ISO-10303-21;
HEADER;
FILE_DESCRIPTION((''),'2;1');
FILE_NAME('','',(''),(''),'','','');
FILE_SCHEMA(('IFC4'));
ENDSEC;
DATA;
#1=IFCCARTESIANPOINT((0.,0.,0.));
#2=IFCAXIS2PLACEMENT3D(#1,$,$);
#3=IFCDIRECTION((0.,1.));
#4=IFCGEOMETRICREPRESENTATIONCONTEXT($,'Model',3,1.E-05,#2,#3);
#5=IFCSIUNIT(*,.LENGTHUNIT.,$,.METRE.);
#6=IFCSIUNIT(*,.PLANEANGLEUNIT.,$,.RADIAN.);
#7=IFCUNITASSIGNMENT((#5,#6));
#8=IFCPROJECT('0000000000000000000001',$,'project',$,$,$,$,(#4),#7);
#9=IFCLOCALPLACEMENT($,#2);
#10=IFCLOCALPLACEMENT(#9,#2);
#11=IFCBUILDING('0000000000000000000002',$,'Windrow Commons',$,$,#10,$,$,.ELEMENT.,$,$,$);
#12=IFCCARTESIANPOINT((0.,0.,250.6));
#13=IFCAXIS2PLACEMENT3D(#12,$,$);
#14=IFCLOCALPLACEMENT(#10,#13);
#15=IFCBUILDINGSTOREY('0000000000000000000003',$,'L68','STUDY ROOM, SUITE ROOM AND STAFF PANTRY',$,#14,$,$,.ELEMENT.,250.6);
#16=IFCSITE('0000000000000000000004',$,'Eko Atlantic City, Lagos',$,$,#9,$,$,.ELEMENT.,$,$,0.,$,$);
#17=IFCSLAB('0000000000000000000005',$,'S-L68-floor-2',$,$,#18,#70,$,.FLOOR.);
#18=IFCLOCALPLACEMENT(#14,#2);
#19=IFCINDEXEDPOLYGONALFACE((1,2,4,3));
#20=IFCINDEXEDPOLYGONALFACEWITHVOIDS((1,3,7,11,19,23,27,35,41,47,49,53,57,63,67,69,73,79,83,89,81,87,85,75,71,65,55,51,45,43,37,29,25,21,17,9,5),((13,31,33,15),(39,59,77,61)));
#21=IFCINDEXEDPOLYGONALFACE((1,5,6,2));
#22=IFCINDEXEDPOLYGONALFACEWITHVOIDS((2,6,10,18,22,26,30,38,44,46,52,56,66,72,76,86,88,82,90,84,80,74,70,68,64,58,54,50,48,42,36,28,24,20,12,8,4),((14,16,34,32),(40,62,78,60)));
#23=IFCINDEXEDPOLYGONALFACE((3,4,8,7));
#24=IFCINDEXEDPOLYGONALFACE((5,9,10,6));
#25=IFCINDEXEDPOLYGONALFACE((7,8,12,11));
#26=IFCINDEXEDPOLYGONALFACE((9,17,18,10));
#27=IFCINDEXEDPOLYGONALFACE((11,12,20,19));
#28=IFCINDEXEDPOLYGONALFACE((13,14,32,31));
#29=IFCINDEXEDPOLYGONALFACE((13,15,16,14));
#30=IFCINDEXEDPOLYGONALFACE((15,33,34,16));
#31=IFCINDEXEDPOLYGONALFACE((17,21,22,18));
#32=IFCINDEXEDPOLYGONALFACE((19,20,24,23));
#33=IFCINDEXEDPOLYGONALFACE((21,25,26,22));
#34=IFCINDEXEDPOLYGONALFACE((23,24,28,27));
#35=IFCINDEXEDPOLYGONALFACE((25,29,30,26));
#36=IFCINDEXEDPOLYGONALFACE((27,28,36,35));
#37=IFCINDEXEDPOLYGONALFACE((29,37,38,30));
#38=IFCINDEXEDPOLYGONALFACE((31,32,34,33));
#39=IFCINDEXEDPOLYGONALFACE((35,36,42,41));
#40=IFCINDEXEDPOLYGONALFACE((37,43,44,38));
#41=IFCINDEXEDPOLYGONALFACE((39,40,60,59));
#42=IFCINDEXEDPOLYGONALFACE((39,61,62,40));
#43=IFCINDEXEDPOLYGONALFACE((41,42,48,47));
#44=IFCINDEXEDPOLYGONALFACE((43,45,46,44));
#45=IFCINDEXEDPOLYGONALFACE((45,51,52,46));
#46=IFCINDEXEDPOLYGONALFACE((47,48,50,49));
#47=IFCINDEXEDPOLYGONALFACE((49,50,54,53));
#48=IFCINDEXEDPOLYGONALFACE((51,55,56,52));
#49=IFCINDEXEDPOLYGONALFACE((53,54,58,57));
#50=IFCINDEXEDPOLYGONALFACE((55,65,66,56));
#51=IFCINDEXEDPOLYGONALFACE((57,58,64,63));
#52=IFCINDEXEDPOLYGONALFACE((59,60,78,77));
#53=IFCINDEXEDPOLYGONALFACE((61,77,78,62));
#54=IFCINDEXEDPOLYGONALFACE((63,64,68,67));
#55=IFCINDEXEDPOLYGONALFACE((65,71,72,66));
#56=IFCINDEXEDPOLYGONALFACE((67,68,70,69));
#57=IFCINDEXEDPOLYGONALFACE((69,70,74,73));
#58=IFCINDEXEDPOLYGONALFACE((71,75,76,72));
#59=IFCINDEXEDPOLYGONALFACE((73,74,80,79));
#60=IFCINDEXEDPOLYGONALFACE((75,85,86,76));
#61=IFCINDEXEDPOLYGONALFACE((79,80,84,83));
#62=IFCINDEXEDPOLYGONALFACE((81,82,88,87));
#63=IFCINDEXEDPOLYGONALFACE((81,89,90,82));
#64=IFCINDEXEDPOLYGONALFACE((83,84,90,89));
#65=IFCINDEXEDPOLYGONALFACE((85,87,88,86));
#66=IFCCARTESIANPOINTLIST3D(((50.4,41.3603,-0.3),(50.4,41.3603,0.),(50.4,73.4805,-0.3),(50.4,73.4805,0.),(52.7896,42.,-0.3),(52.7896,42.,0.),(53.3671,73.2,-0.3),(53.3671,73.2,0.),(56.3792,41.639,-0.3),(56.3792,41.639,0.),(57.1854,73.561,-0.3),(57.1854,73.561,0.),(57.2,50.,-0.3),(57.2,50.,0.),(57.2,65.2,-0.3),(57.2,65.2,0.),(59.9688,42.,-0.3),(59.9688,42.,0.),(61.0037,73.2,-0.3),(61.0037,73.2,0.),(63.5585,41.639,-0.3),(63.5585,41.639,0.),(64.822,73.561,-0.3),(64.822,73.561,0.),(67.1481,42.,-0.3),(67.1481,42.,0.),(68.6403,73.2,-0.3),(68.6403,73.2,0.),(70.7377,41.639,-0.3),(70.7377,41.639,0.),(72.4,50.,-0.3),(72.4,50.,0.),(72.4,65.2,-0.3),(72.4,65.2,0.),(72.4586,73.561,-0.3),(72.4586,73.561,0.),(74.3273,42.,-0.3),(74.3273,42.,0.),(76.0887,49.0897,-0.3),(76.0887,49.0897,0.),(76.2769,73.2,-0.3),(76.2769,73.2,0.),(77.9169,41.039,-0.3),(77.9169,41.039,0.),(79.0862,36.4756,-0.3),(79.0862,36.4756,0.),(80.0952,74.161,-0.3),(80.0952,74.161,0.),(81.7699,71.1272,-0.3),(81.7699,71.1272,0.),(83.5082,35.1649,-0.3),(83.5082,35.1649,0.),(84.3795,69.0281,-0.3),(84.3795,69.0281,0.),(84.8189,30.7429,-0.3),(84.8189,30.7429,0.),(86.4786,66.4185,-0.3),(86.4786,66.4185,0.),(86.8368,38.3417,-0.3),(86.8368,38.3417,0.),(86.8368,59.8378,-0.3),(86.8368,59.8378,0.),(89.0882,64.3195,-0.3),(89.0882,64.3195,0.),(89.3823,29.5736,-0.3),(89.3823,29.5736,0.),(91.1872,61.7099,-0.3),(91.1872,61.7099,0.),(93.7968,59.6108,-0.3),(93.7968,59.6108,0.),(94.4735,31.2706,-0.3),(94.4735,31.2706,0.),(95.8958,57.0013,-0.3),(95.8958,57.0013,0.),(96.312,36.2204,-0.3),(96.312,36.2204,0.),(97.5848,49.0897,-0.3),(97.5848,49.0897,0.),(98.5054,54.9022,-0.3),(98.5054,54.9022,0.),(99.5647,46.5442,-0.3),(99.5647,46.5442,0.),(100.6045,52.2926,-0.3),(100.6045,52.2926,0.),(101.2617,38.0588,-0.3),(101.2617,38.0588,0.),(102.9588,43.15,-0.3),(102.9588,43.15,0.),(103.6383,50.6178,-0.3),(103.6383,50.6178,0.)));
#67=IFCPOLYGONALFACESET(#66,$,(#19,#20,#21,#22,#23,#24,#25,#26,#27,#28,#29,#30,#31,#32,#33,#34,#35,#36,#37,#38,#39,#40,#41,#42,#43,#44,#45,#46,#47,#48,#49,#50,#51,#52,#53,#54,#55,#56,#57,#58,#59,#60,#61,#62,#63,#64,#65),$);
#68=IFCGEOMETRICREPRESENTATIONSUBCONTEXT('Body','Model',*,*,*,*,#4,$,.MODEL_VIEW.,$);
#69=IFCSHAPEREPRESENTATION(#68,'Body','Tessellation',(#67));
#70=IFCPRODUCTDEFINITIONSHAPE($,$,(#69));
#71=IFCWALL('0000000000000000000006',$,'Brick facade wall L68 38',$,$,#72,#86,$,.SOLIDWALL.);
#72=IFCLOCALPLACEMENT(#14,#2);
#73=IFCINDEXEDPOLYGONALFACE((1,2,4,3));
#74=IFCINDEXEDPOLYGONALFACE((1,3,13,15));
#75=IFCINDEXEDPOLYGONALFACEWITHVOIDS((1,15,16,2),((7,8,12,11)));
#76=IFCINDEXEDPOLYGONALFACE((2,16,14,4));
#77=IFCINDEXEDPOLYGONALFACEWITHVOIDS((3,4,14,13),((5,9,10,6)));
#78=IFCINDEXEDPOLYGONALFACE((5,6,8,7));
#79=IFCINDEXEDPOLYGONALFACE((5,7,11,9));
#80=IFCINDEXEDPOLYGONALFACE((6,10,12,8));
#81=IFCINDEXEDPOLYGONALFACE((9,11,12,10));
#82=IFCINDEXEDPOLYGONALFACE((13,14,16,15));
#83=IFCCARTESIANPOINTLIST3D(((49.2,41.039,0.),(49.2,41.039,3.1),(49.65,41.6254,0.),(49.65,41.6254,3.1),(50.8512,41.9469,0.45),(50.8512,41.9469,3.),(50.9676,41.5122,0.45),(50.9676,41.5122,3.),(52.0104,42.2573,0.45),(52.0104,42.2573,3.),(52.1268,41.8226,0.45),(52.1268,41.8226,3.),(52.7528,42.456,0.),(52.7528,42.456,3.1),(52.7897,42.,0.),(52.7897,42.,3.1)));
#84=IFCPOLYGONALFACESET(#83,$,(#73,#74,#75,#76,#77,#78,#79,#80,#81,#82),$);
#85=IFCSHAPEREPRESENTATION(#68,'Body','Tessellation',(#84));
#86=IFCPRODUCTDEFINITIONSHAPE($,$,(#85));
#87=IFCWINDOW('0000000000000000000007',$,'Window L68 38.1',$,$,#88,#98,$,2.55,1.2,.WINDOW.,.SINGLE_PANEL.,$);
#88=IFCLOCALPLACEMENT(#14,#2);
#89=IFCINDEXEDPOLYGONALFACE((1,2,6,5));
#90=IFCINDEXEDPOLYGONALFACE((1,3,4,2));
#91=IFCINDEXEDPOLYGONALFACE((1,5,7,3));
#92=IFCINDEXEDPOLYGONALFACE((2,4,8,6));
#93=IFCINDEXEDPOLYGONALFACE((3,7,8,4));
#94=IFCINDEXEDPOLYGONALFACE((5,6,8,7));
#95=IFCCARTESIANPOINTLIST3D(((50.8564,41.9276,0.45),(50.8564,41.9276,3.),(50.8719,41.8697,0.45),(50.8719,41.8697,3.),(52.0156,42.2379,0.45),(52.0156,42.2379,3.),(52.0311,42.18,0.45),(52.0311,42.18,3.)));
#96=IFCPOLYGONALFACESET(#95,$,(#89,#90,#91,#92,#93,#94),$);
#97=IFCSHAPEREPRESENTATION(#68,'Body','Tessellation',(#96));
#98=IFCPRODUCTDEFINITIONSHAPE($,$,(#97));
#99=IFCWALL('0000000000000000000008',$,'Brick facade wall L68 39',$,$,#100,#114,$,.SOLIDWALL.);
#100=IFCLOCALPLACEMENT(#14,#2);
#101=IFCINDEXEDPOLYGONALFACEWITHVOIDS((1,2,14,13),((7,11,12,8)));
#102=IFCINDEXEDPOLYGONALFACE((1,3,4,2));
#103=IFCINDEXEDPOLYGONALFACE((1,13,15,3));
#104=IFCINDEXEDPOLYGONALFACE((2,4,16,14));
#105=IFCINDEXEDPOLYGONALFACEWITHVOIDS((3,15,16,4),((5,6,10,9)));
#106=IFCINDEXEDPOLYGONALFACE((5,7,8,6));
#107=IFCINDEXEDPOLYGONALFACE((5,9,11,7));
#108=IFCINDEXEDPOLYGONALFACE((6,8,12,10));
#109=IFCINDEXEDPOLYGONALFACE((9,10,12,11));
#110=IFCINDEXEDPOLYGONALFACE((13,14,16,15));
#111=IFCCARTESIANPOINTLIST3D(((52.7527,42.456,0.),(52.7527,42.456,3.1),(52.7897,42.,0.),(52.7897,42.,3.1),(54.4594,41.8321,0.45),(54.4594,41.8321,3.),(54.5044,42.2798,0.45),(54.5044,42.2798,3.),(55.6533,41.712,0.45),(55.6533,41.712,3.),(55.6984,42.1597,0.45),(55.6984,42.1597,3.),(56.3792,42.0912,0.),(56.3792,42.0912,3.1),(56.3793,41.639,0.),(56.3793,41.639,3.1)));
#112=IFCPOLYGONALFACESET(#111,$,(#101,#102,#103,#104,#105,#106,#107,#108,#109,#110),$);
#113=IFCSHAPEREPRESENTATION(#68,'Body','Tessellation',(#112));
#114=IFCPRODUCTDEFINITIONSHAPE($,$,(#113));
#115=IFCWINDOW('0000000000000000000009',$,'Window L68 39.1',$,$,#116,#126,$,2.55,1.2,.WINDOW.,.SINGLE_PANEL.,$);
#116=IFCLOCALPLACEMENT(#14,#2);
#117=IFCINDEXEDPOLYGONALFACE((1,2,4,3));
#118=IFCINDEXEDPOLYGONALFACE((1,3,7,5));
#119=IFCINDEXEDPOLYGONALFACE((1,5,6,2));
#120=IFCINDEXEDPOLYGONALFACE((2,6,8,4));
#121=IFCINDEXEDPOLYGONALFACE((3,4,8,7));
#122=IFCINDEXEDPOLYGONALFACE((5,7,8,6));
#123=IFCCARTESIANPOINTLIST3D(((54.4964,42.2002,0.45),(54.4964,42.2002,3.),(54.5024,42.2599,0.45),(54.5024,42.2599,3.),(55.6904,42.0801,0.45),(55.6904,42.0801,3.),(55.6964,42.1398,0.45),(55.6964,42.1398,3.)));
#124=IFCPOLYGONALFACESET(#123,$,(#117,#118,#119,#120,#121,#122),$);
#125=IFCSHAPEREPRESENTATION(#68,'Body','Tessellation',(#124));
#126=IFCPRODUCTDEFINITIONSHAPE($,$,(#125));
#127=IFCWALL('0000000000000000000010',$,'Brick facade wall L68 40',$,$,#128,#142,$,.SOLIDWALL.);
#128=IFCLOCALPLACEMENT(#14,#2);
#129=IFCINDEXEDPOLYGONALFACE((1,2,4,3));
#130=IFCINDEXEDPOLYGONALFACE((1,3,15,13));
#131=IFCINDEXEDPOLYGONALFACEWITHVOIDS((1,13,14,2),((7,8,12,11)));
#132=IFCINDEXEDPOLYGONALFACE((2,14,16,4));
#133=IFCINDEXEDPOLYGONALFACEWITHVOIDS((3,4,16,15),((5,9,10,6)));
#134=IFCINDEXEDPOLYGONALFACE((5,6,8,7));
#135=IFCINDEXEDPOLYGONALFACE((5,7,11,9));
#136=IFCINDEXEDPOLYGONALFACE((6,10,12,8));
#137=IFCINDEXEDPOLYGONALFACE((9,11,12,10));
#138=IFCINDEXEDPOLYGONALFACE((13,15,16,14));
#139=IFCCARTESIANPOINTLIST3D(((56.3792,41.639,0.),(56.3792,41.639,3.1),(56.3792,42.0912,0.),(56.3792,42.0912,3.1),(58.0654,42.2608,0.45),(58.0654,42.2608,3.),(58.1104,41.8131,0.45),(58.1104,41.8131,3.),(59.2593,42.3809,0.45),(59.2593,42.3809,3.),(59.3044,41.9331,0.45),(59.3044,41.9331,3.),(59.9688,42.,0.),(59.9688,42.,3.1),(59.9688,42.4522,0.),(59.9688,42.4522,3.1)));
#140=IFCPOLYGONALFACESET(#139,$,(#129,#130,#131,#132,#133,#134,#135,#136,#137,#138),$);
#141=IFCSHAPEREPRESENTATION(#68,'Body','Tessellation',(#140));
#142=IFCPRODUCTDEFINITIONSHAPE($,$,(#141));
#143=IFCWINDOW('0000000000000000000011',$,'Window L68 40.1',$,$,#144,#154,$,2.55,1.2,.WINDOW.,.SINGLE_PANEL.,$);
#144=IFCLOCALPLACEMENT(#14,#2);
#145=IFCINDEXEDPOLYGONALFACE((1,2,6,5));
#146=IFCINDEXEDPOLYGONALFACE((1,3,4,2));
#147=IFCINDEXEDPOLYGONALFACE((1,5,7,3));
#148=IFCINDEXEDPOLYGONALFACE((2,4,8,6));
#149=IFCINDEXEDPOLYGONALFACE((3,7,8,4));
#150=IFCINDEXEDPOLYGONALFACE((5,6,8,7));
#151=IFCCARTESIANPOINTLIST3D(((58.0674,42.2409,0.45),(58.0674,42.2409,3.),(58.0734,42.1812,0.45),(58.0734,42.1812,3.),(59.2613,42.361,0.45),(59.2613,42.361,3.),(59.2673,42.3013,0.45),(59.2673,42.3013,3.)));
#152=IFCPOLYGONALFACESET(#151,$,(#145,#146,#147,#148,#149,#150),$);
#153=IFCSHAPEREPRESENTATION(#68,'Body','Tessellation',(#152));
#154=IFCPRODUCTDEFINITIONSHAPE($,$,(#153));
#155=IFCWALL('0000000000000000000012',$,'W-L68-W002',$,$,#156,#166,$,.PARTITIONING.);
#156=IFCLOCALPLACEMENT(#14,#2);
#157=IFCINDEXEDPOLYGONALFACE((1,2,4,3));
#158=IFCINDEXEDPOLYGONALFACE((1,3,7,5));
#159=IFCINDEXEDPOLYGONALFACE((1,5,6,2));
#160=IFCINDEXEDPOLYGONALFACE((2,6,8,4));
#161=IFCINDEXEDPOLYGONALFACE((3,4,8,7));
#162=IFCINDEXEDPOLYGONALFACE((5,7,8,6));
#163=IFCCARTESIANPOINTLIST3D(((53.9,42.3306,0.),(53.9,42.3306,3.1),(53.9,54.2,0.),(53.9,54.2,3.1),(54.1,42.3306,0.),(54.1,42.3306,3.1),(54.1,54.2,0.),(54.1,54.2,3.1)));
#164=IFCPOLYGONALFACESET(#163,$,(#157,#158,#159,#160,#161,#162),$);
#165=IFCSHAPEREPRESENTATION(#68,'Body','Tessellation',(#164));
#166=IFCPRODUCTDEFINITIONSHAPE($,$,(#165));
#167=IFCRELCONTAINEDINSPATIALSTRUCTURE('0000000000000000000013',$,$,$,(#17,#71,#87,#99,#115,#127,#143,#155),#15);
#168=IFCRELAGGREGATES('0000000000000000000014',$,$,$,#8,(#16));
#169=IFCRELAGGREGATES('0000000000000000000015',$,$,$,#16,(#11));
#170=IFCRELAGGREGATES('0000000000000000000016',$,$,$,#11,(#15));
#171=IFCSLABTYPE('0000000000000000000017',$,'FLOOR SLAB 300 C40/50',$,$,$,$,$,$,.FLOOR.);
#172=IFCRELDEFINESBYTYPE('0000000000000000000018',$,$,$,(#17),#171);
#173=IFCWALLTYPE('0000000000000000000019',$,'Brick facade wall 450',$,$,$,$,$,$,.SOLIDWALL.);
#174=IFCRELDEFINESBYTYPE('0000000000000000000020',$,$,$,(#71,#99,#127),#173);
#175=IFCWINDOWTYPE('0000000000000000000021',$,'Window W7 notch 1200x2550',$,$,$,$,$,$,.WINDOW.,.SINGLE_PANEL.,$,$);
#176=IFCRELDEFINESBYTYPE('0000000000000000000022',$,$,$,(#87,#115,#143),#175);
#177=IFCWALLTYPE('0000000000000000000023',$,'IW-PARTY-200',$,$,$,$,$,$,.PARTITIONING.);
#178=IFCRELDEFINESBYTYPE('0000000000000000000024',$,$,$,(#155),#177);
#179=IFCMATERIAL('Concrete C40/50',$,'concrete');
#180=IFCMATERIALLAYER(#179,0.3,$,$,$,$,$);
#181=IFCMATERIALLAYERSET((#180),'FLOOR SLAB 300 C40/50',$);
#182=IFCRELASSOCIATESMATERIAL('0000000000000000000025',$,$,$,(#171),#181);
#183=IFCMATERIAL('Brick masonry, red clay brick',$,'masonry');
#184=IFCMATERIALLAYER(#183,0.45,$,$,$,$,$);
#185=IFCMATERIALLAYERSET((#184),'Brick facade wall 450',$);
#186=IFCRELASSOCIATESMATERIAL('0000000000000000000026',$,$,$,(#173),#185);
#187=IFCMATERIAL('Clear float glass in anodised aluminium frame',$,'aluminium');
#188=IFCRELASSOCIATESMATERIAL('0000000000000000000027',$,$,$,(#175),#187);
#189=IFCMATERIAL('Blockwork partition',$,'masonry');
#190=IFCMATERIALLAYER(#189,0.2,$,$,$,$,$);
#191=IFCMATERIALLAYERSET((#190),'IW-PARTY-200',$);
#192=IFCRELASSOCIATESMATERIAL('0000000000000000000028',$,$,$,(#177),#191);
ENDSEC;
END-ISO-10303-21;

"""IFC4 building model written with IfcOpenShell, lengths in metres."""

from ifc_helpers import new_model, si_unit, direction, frame, frame_2d, origin, place, context, subcontext, project, spatial, polyline, rectangle, outline, extrude, material, layer, layer_set, type_object, element, fill, save


model = new_model("IFC4")

# Units and contexts
model_context = context("Model", 3, precision=1e-05, world=origin(), true_north=direction((0.0, 1.0)))
body_context = subcontext(model_context, "Body", "Model", "MODEL_VIEW")
ifc_project = project(units=[si_unit("LENGTHUNIT", "METRE"), si_unit("PLANEANGLEUNIT", "RADIAN")], contexts=[model_context])

# Site, building, storey
site_placement = place(None, origin())
site = spatial("IfcSite", under=ifc_project, at=site_placement, Name="Eko Atlantic City, Lagos", CompositionType="ELEMENT", RefElevation=0.0)
building_placement = place(site_placement, origin())
building = spatial("IfcBuilding", under=site, at=building_placement, Name="Windrow Commons", CompositionType="ELEMENT")
storey_placement = place(building_placement, frame((0.0, 0.0, 250.6)))
storey = spatial("IfcBuildingStorey", under=building, at=storey_placement, Name="L68", Description="STUDY ROOM, SUITE ROOM AND STAFF PANTRY", CompositionType="ELEMENT", Elevation=250.6)

# Shared definitions
placement_1 = place(storey_placement, frame((0.0, 0.0, -0.3)))

# Shared definitions
ifc_material_1 = material(Name="Concrete C40/50", Category="concrete")
ifc_layer_1 = layer(ifc_material_1, 0.3)
ifc_layer_set_1 = layer_set([ifc_layer_1], Name="FLOOR SLAB 300 C40/50")
slab_type_1 = type_object("IfcSlabType", Name="FLOOR SLAB 300 C40/50", PredefinedType="FLOOR", material=ifc_layer_set_1)

# Slab, openings
slab_1 = element("IfcSlab", 1, at=placement_1, inside=storey, type_object=slab_type_1, Name="S-L68-floor-2", PredefinedType="FLOOR", context=body_context, shape_type="SweptSolid", body=[
    extrude(outline(polyline([(79.0862, 36.4756), (83.5082, 35.1649), (84.8189, 30.7429), (89.3823, 29.5736), (94.4735, 31.2706), (96.312, 36.2204), (101.2617, 38.0588), (102.9588, 43.15), (99.5647, 46.5442), (103.6383, 50.6178), (100.6045, 52.2926), (98.5054, 54.9022), (95.8958, 57.0013), (93.7968, 59.6108), (91.1872, 61.7099), (89.0882, 64.3195), (86.4786, 66.4185), (84.3795, 69.0281), (81.7699, 71.1272), (80.0952, 74.161), (76.2769, 73.2), (72.4586, 73.561), (68.6403, 73.2), (64.822, 73.561), (61.0037, 73.2), (57.1854, 73.561), (53.3671, 73.2), (50.4, 73.4805), (50.4, 41.3603), (49.2, 41.039), (52.7896, 42.0), (56.3792, 41.639), (59.9688, 42.0), (63.5585, 41.639), (67.1481, 42.0), (70.7377, 41.639), (74.3273, 42.0), (77.9169, 41.039), (79.0862, 36.4756)]), holes=[polyline([(86.8368, 38.3417), (76.0887, 49.0897), (86.8368, 59.8378), (97.5848, 49.0897), (86.8368, 38.3417)]), polyline([(72.4, 50.0), (57.2, 50.0), (57.2, 65.2), (72.4, 65.2), (72.4, 50.0)])]), origin(), (0.0, 0.0, 1.0), 0.3),
])
opening_1_placement = place(placement_1, origin())
element("IfcOpeningElement", 2, at=opening_1_placement, cuts=slab_1, PredefinedType="OPENING", context=body_context, shape_type="SweptSolid", body=[
    extrude(outline(polyline([(86.8368, 38.3488), (76.0958, 49.0897), (86.8368, 59.8307), (97.5777, 49.0897), (86.8368, 38.3488)])), origin(), (0.0, 0.0, 1.0), 0.3),
])
opening_2_placement = place(placement_1, origin())
element("IfcOpeningElement", 3, at=opening_2_placement, cuts=slab_1, PredefinedType="OPENING", context=body_context, shape_type="SweptSolid", body=[
    extrude(outline(polyline([(72.395, 50.005), (57.205, 50.005), (57.205, 65.195), (72.395, 65.195), (72.395, 50.005)])), origin(), (0.0, 0.0, 1.0), 0.3),
])

# Walls, openings, windows
ifc_material_2 = material(Name="Brick masonry, red clay brick", Category="masonry")
ifc_layer_2 = layer(ifc_material_2, 0.45)
ifc_layer_set_2 = layer_set([ifc_layer_2], Name="Brick facade wall 450")
wall_type_1 = type_object("IfcWallType", Name="Brick facade wall 450", PredefinedType="SOLIDWALL", material=ifc_layer_set_2)
wall_1_placement = place(storey_placement, frame((49.425, 41.3322, 0.0), z_axis=(0.0, 0.0, 1.0), x_axis=(0.965984, 0.2586, 0.0)))
wall_1 = element("IfcWall", 4, at=wall_1_placement, inside=storey, type_object=wall_type_1, Name="Brick facade wall L68 38", PredefinedType="SOLIDWALL", context=body_context, shape_type="SweptSolid", body=[
    extrude(outline(polyline([(-0.2932, -0.225), (3.4229, -0.225), (3.5052, 0.225), (0.2932, 0.225), (-0.2932, -0.225)])), origin(), (0.0, 0.0, 1.0), 3.1),
])
opening_3_placement = place(wall_1_placement, frame((1.5367, 0.0, 0.45)))
opening_3 = element("IfcOpeningElement", 5, at=opening_3_placement, cuts=wall_1, PredefinedType="OPENING", context=body_context, shape_type="SweptSolid", body=[
    extrude(rectangle(XDim=1.2, YDim=2.55, at=frame_2d((0.6, 1.275))), frame((0.0, 0.235, 0.0), z_axis=(0.0, -1.0, 0.0), x_axis=(1.0, 0.0, 0.0)), (0.0, 0.0, 1.0), 0.47),
])
ifc_material_3 = material(Name="Clear float glass in anodised aluminium frame", Category="aluminium")
window_type = type_object("IfcWindowType", Name="Window W7 notch 1200x2550", PartitioningType="SINGLE_PANEL", PredefinedType="WINDOW", material=ifc_material_3)
window_1_placement = place(opening_3_placement, origin())
window_1 = element("IfcWindow", 6, at=window_1_placement, inside=storey, type_object=window_type, Name="Window L68 38.1", OverallHeight=2.55, OverallWidth=1.2, PartitioningType="SINGLE_PANEL", PredefinedType="WINDOW", context=body_context, shape_type="SweptSolid", body=[
    extrude(rectangle(XDim=1.2, YDim=2.55, at=frame_2d((0.6, 1.275))), frame((0.0, 0.205, 0.0), z_axis=(0.0, -1.0, 0.0), x_axis=(1.0, 0.0, 0.0)), (0.0, 0.0, 1.0), 0.06),
])
fill(opening_3, window_1)
wall_2_placement = place(storey_placement, frame((52.7712, 42.228, 0.0), z_axis=(0.0, 0.0, 1.0), x_axis=(0.99498, -0.100077, 0.0)))
wall_2 = element("IfcWall", 7, at=wall_2_placement, inside=storey, type_object=wall_type_1, Name="Brick facade wall L68 39", PredefinedType="SOLIDWALL", context=body_context, shape_type="SweptSolid", body=[
    extrude(outline(polyline([(0.0412, -0.225), (3.6489, -0.225), (3.6036, 0.225), (-0.0412, 0.225), (0.0412, -0.225)])), origin(), (0.0, 0.0, 1.0), 3.1),
])
opening_4_placement = place(wall_2_placement, frame((1.7193, 0.0, 0.45)))
opening_4 = element("IfcOpeningElement", 8, at=opening_4_placement, cuts=wall_2, PredefinedType="OPENING", context=body_context, shape_type="SweptSolid", body=[
    extrude(rectangle(XDim=1.2, YDim=2.55, at=frame_2d((0.6, 1.275))), frame((0.0, 0.235, 0.0), z_axis=(0.0, -1.0, 0.0), x_axis=(1.0, 0.0, 0.0)), (0.0, 0.0, 1.0), 0.47),
])
window_2_placement = place(opening_4_placement, origin())
window_2 = element("IfcWindow", 9, at=window_2_placement, inside=storey, type_object=window_type, Name="Window L68 39.1", OverallHeight=2.55, OverallWidth=1.2, PartitioningType="SINGLE_PANEL", PredefinedType="WINDOW", context=body_context, shape_type="SweptSolid", body=[
    extrude(rectangle(XDim=1.2, YDim=2.55, at=frame_2d((0.6, 1.275))), frame((0.0, 0.205, 0.0), z_axis=(0.0, -1.0, 0.0), x_axis=(1.0, 0.0, 0.0)), (0.0, 0.0, 1.0), 0.06),
])
fill(opening_4, window_2)
wall_3_placement = place(storey_placement, frame((56.3792, 41.8651, 0.0), z_axis=(0.0, 0.0, 1.0), x_axis=(0.994981, 0.100064, 0.0)))
wall_3 = element("IfcWall", 10, at=wall_3_placement, inside=storey, type_object=wall_type_1, Name="Brick facade wall L68 40", PredefinedType="SOLIDWALL", context=body_context, shape_type="SweptSolid", body=[
    extrude(outline(polyline([(-0.0226, -0.225), (3.5851, -0.225), (3.6303, 0.225), (0.0226, 0.225), (-0.0226, -0.225)])), origin(), (0.0, 0.0, 1.0), 3.1),
])
opening_5_placement = place(wall_3_placement, frame((1.7173, 0.0, 0.45)))
opening_5 = element("IfcOpeningElement", 11, at=opening_5_placement, cuts=wall_3, PredefinedType="OPENING", context=body_context, shape_type="SweptSolid", body=[
    extrude(rectangle(XDim=1.2, YDim=2.55, at=frame_2d((0.6, 1.275))), frame((0.0, 0.235, 0.0), z_axis=(0.0, -1.0, 0.0), x_axis=(1.0, 0.0, 0.0)), (0.0, 0.0, 1.0), 0.47),
])
window_3_placement = place(opening_5_placement, origin())
window_3 = element("IfcWindow", 12, at=window_3_placement, inside=storey, type_object=window_type, Name="Window L68 40.1", OverallHeight=2.55, OverallWidth=1.2, PartitioningType="SINGLE_PANEL", PredefinedType="WINDOW", context=body_context, shape_type="SweptSolid", body=[
    extrude(rectangle(XDim=1.2, YDim=2.55, at=frame_2d((0.6, 1.275))), frame((0.0, 0.205, 0.0), z_axis=(0.0, -1.0, 0.0), x_axis=(1.0, 0.0, 0.0)), (0.0, 0.0, 1.0), 0.06),
])
fill(opening_5, window_3)

# Wall
ifc_material_4 = material(Name="Blockwork partition", Category="masonry")
ifc_layer_3 = layer(ifc_material_4, 0.2)
ifc_layer_set_3 = layer_set([ifc_layer_3], Name="IW-PARTY-200")
wall_type_2 = type_object("IfcWallType", Name="IW-PARTY-200", PredefinedType="PARTITIONING", material=ifc_layer_set_3)
wall_4_placement = place(storey_placement, frame((54.0, 42.3305, 0.0), z_axis=(0.0, 0.0, 1.0), x_axis=(0.0, 1.0, 0.0)))
element("IfcWall", 13, at=wall_4_placement, inside=storey, type_object=wall_type_2, Name="W-L68-W002", PredefinedType="PARTITIONING", context=body_context, shape_type="SweptSolid", body=[
    extrude(rectangle(XDim=11.8695, YDim=0.2, at=frame_2d((5.9348, 0.0))), origin(), (0.0, 0.0, 1.0), 3.1),
])

save(model, "model.ifc")
